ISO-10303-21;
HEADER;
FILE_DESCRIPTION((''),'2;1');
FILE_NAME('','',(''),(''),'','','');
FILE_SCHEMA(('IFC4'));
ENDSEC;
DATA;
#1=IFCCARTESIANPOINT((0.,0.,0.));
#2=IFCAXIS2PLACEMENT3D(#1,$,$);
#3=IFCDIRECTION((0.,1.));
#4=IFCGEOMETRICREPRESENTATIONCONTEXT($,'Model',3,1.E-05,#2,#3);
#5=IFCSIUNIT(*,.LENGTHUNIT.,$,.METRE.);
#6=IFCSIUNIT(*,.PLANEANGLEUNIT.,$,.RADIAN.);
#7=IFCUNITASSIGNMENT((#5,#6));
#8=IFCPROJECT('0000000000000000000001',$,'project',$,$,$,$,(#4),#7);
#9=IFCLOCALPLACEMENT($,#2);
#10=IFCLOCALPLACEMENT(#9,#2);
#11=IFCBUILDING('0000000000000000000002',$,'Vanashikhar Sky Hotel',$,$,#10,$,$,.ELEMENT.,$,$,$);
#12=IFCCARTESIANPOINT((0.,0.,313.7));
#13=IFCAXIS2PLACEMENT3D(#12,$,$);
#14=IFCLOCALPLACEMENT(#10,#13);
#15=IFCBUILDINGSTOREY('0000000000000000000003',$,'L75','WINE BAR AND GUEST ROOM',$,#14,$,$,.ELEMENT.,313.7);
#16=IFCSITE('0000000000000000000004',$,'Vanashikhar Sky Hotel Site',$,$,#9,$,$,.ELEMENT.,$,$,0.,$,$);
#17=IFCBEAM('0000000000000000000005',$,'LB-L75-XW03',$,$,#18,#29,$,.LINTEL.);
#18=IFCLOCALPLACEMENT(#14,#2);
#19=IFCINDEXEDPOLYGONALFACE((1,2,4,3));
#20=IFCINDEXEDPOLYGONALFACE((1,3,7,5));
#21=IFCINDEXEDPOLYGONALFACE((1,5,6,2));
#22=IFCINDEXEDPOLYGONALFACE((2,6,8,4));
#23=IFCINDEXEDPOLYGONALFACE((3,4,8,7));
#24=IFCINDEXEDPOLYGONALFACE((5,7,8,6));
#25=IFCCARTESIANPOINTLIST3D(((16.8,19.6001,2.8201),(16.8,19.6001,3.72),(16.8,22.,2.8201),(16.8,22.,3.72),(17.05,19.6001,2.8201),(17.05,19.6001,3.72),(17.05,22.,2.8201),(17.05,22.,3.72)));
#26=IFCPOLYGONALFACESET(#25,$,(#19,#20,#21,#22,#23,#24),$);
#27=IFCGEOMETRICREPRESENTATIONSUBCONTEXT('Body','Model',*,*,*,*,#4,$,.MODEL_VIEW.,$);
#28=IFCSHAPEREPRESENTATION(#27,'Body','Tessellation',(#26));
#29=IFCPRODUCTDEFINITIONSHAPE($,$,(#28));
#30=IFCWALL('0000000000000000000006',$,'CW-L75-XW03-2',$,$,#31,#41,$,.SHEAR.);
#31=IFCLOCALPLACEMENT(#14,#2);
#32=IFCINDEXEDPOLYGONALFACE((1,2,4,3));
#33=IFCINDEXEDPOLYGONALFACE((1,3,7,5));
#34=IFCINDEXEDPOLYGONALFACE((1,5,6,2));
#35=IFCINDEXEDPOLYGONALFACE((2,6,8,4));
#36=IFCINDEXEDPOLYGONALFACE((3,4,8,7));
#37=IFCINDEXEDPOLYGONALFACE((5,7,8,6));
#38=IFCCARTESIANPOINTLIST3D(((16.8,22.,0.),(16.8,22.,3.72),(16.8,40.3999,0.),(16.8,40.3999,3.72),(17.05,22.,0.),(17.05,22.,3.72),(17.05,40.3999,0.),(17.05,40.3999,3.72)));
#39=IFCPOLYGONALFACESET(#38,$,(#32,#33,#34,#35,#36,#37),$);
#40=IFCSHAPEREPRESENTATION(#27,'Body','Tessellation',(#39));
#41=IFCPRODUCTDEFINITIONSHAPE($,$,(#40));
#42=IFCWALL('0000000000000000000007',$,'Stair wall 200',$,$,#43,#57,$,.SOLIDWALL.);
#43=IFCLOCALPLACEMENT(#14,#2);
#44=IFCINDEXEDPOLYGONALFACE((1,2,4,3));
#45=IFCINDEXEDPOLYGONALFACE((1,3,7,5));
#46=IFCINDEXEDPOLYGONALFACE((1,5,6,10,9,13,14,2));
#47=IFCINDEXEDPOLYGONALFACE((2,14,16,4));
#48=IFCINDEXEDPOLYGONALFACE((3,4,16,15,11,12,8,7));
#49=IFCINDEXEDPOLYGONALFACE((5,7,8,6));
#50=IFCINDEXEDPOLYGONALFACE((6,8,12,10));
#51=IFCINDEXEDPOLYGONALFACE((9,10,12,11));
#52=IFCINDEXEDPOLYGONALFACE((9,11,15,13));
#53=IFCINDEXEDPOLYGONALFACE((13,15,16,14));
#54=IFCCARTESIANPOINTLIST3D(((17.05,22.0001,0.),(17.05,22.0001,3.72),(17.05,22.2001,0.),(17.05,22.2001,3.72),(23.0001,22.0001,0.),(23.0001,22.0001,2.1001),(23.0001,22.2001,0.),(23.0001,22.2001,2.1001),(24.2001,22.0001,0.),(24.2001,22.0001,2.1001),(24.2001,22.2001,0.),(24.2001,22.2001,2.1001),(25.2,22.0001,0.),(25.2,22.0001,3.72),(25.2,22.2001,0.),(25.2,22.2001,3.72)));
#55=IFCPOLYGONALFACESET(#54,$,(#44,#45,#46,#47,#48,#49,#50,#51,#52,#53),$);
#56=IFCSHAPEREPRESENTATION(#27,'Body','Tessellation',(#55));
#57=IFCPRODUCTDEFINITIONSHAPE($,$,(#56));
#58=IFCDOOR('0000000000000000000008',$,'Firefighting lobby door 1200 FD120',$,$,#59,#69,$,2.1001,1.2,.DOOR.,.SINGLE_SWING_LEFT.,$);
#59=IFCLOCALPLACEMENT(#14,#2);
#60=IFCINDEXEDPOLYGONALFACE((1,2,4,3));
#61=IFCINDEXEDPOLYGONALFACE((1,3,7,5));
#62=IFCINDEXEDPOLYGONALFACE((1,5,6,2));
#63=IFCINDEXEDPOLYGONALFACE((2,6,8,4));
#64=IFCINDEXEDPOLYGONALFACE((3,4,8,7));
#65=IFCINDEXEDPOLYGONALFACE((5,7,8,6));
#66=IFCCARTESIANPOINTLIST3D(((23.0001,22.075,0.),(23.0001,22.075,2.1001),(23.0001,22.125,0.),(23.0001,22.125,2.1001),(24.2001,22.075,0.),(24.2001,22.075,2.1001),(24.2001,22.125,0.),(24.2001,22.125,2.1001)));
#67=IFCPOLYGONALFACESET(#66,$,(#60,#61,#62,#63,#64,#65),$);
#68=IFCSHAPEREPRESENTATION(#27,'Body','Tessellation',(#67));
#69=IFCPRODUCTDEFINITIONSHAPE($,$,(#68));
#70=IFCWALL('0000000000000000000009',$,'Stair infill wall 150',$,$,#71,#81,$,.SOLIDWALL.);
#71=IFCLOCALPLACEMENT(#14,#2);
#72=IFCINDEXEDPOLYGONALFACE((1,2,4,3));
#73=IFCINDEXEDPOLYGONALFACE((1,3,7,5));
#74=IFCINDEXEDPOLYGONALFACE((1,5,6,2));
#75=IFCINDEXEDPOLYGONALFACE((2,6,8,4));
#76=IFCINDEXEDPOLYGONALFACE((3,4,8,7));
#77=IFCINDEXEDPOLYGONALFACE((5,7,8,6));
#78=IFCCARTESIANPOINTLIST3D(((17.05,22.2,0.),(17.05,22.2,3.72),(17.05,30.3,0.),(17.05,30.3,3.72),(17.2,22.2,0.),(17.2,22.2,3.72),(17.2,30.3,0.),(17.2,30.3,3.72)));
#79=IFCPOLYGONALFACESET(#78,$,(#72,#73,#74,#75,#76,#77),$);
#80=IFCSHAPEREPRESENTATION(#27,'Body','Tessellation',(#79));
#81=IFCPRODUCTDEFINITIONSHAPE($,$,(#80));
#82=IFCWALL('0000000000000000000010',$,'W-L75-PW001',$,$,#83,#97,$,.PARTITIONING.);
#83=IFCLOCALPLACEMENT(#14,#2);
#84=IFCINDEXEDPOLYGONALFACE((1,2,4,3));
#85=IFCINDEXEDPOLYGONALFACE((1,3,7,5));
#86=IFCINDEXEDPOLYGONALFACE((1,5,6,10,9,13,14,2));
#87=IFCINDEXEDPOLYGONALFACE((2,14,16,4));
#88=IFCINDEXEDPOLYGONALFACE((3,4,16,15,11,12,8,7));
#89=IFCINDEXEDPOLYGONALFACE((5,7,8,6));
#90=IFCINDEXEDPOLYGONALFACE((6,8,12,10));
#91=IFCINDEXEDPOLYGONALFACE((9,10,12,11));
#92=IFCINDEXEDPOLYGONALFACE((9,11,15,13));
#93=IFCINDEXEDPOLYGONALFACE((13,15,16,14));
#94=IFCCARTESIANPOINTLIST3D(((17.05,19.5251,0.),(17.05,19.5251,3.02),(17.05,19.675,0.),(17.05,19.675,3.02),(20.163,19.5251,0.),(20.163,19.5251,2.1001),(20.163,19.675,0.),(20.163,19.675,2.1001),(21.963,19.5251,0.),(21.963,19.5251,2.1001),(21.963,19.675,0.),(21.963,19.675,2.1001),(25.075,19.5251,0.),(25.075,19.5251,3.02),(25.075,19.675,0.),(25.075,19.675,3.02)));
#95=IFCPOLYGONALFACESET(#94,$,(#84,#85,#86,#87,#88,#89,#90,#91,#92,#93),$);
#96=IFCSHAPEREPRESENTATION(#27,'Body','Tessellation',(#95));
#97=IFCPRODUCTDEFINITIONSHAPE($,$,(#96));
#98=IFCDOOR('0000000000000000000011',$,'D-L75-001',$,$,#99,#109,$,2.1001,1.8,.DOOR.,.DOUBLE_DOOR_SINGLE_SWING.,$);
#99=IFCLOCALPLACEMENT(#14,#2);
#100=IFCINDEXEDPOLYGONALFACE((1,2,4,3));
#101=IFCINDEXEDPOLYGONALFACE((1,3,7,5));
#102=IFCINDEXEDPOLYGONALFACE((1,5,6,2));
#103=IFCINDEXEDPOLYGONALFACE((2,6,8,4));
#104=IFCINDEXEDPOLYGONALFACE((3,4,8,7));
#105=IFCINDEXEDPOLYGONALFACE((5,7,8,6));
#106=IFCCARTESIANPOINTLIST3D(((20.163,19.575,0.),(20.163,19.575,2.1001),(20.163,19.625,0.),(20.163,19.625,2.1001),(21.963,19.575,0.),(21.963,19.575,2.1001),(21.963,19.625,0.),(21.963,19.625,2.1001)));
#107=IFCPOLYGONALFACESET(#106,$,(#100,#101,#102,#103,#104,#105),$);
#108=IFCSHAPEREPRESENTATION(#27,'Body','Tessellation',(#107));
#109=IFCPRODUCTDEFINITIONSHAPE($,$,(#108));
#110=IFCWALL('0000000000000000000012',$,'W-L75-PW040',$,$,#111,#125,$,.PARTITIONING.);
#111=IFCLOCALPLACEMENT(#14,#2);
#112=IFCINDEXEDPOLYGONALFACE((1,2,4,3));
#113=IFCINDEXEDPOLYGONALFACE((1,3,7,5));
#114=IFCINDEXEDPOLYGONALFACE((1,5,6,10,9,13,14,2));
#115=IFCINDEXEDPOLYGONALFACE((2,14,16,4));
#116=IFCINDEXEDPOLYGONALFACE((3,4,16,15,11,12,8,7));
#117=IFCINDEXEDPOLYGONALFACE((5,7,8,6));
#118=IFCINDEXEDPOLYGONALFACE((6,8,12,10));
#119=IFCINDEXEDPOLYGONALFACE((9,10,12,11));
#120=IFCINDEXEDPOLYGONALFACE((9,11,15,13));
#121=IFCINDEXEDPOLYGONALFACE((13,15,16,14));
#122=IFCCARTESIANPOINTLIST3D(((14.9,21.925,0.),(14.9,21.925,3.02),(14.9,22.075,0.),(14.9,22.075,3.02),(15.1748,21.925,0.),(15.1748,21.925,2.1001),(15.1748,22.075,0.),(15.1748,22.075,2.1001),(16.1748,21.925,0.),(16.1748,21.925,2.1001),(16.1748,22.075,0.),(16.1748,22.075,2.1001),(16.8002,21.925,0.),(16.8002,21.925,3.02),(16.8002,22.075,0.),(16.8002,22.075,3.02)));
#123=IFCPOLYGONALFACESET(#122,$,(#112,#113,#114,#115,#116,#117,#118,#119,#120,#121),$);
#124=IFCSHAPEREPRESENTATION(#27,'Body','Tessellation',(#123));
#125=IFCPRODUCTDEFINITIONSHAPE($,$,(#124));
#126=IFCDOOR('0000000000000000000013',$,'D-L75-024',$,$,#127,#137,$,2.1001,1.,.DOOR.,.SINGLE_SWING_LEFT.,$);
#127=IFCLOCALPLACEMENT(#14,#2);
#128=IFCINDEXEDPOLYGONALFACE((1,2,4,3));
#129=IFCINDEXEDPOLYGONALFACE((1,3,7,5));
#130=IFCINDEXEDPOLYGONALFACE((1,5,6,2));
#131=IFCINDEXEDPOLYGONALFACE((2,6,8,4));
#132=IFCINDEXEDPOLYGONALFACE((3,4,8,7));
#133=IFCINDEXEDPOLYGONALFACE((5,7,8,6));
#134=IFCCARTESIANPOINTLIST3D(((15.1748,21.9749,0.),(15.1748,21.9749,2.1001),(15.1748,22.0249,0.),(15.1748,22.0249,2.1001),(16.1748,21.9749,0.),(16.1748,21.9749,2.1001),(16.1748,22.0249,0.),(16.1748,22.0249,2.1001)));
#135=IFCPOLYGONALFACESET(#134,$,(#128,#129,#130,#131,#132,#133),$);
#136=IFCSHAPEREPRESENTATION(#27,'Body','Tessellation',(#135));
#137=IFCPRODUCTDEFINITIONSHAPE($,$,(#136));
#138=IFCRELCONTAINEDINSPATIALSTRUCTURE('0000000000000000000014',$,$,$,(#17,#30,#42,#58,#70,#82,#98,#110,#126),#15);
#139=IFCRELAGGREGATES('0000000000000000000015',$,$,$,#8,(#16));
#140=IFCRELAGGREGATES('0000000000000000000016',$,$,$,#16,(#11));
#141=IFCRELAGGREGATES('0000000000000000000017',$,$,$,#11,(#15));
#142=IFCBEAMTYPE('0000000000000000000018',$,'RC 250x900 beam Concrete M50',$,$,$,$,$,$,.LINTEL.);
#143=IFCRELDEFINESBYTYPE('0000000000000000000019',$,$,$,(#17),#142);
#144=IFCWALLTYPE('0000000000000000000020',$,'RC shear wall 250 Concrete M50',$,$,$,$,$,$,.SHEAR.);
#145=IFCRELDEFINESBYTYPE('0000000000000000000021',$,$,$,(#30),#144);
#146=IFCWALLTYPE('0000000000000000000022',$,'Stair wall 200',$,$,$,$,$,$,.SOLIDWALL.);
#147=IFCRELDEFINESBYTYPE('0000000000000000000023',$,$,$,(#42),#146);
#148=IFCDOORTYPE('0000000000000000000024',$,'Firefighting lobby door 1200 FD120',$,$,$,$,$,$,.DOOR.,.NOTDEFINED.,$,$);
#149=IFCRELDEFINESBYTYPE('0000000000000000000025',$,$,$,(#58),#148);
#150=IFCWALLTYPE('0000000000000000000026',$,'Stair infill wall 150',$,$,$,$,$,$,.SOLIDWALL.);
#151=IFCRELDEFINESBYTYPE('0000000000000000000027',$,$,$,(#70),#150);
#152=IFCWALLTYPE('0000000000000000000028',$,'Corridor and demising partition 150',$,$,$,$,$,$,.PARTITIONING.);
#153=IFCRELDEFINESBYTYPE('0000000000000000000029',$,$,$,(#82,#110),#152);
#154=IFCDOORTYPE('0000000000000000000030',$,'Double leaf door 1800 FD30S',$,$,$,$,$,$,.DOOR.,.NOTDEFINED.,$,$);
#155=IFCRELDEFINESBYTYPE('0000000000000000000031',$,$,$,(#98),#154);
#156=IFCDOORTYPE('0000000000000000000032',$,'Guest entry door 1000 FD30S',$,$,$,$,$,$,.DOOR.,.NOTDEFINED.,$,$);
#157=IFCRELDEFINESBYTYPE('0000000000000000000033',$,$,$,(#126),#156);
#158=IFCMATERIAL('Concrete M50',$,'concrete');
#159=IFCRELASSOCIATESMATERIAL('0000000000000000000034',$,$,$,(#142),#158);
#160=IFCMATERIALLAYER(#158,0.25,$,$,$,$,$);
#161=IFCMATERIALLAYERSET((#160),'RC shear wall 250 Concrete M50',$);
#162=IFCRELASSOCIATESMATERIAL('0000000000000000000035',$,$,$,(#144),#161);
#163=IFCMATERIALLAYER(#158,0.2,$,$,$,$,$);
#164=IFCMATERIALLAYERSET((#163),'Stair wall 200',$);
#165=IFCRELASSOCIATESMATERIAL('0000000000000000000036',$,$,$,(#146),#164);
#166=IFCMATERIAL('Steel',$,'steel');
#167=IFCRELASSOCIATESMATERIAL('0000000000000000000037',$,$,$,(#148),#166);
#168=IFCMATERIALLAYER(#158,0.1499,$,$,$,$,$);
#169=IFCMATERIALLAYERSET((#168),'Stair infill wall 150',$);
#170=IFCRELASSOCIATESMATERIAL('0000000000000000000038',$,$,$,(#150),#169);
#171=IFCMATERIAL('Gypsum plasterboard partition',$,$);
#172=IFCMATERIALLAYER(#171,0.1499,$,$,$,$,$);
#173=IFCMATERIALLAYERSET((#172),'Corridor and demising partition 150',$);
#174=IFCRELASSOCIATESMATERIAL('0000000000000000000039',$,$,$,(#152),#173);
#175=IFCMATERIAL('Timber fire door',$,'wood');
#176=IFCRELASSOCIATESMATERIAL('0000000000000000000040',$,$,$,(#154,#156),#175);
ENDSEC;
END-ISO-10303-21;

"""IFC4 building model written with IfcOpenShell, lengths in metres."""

from ifc_helpers import new_model, si_unit, direction, frame, frame_2d, origin, origin_2d, place, context, subcontext, project, spatial, rectangle, extrude, source, transform, mapped, material, layer, layer_set, material_profile, profile_set, type_object, element, fill, save


model = new_model("IFC4")

# Units and contexts
model_context = context("Model", 3, precision=1e-05, world=origin(), true_north=direction((0.0, 1.0)))
body_context = subcontext(model_context, "Body", "Model", "MODEL_VIEW")
ifc_project = project(units=[si_unit("LENGTHUNIT", "METRE"), si_unit("PLANEANGLEUNIT", "RADIAN")], contexts=[model_context])

# Site, building, storey
site_placement = place(None, origin())
site = spatial("IfcSite", under=ifc_project, at=site_placement, Name="Vanashikhar Sky Hotel Site", CompositionType="ELEMENT", RefElevation=0.0)
building_placement = place(site_placement, origin())
building = spatial("IfcBuilding", under=site, at=building_placement, Name="Vanashikhar Sky Hotel", CompositionType="ELEMENT")
storey_placement = place(building_placement, frame((0.0, 0.0, 313.7)))
storey = spatial("IfcBuildingStorey", under=building, at=storey_placement, Name="L75", Description="WINE BAR AND GUEST ROOM", CompositionType="ELEMENT", Elevation=313.7)

# Beam
ifc_material_1 = material(Name="Concrete M50", Category="concrete")
ifc_material_profile = material_profile(ifc_material_1, rectangle(XDim=0.25, YDim=0.8999, at=origin_2d()))
ifc_profile_set = profile_set([ifc_material_profile], Name="RC 250x900 beam Concrete M50")
beam_type = type_object("IfcBeamType", Name="RC 250x900 beam Concrete M50", PredefinedType="LINTEL", material=ifc_profile_set)
shared_shape_1 = source(origin(), body_context, "Body", "SweptSolid", [
    extrude(rectangle(XDim=0.25, YDim=0.8999, at=origin_2d()), origin(), (0.0, 0.0, 1.0), 2.3999),
])
beam_placement = place(storey_placement, frame((16.925, 19.6001, 3.27), z_axis=(0.0, 1.0, 0.0), x_axis=(-1.0, 0.0, 0.0)))
element("IfcBeam", 1, at=beam_placement, inside=storey, type_object=beam_type, Name="LB-L75-XW03", PredefinedType="LINTEL", context=body_context, shape_type="MappedRepresentation", body=[
    mapped(shared_shape_1, transform((0.0, 0.0, 0.0), scale=1.0)),
])

# Wall
ifc_layer_1 = layer(ifc_material_1, 0.25)
ifc_layer_set_1 = layer_set([ifc_layer_1], Name="RC shear wall 250 Concrete M50")
wall_type_1 = type_object("IfcWallType", Name="RC shear wall 250 Concrete M50", PredefinedType="SHEAR", material=ifc_layer_set_1)
shared_shape_2 = source(origin(), body_context, "Body", "SweptSolid", [
    extrude(rectangle(XDim=18.3999, YDim=0.25, at=frame_2d((9.2, 0.0))), origin(), (0.0, 0.0, 1.0), 3.72),
])
wall_1_placement = place(storey_placement, frame((16.925, 22.0, 0.0), z_axis=(0.0, 0.0, 1.0), x_axis=(0.0, 1.0, 0.0)))
element("IfcWall", 2, at=wall_1_placement, inside=storey, type_object=wall_type_1, Name="CW-L75-XW03-2", PredefinedType="SHEAR", context=body_context, shape_type="MappedRepresentation", body=[
    mapped(shared_shape_2, transform((0.0, 0.0, 0.0), scale=1.0)),
])

# Wall, opening, door
ifc_layer_2 = layer(ifc_material_1, 0.2)
ifc_layer_set_2 = layer_set([ifc_layer_2], Name="Stair wall 200")
wall_type_2 = type_object("IfcWallType", Name="Stair wall 200", PredefinedType="SOLIDWALL", material=ifc_layer_set_2)
shared_shape_3 = source(origin(), body_context, "Body", "SweptSolid", [
    extrude(rectangle(XDim=8.1499, YDim=0.2, at=frame_2d((4.075, 0.0))), origin(), (0.0, 0.0, 1.0), 3.72),
])
wall_2_placement = place(storey_placement, frame((17.05, 22.1001, 0.0), z_axis=(0.0, 0.0, 1.0), x_axis=(1.0, 0.0, 0.0)))
wall_2 = element("IfcWall", 3, at=wall_2_placement, inside=storey, type_object=wall_type_2, Name="Stair wall 200", PredefinedType="SOLIDWALL", context=body_context, shape_type="MappedRepresentation", body=[
    mapped(shared_shape_3, transform((0.0, 0.0, 0.0), scale=1.0)),
])
shared_shape_4 = source(origin(), body_context, "Body", "SweptSolid", [
    extrude(rectangle(XDim=1.2, YDim=2.1001, at=frame_2d((0.6001, 1.05))), frame((0.0, 0.1099, 0.0), z_axis=(0.0, -1.0, 0.0), x_axis=(1.0, 0.0, 0.0)), (0.0, 0.0, 1.0), 0.22),
])
opening_1_placement = place(wall_2_placement, frame((5.95, 0.0, 0.0)))
opening_1 = element("IfcOpeningElement", 4, at=opening_1_placement, cuts=wall_2, PredefinedType="OPENING", context=body_context, shape_type="MappedRepresentation", body=[
    mapped(shared_shape_4, transform((0.0, 0.0, 0.0), scale=1.0)),
])
ifc_material_2 = material(Name="Steel", Category="steel")
door_type_1 = type_object("IfcDoorType", Name="Firefighting lobby door 1200 FD120", OperationType="NOTDEFINED", PredefinedType="DOOR", material=ifc_material_2)
shared_shape_5 = source(origin(), body_context, "Body", "SweptSolid", [
    extrude(rectangle(XDim=1.2, YDim=2.1001, at=frame_2d((0.6001, 1.05))), frame((0.0, 0.0249, 0.0), z_axis=(0.0, -1.0, 0.0), x_axis=(1.0, 0.0, 0.0)), (0.0, 0.0, 1.0), 0.05),
])
door_1_placement = place(opening_1_placement, origin())
door_1 = element("IfcDoor", 5, at=door_1_placement, inside=storey, type_object=door_type_1, Name="Firefighting lobby door 1200 FD120", OperationType="SINGLE_SWING_LEFT", OverallHeight=2.1001, OverallWidth=1.2, PredefinedType="DOOR", context=body_context, shape_type="MappedRepresentation", body=[
    mapped(shared_shape_5, transform((0.0, 0.0, 0.0), scale=1.0)),
])
fill(opening_1, door_1)

# Wall
ifc_layer_3 = layer(ifc_material_1, 0.1499)
ifc_layer_set_3 = layer_set([ifc_layer_3], Name="Stair infill wall 150")
wall_type_3 = type_object("IfcWallType", Name="Stair infill wall 150", PredefinedType="SOLIDWALL", material=ifc_layer_set_3)
shared_shape_6 = source(origin(), body_context, "Body", "SweptSolid", [
    extrude(rectangle(XDim=8.1001, YDim=0.1499, at=frame_2d((4.05, 0.0))), origin(), (0.0, 0.0, 1.0), 3.72),
])
wall_3_placement = place(storey_placement, frame((17.125, 22.2, 0.0), z_axis=(0.0, 0.0, 1.0), x_axis=(0.0, 1.0, 0.0)))
element("IfcWall", 6, at=wall_3_placement, inside=storey, type_object=wall_type_3, Name="Stair infill wall 150", PredefinedType="SOLIDWALL", context=body_context, shape_type="MappedRepresentation", body=[
    mapped(shared_shape_6, transform((0.0, 0.0, 0.0), scale=1.0)),
])

# Walls, openings, doors
ifc_material_3 = material(Name="Gypsum plasterboard partition")
ifc_layer_4 = layer(ifc_material_3, 0.1499)
ifc_layer_set_4 = layer_set([ifc_layer_4], Name="Corridor and demising partition 150")
wall_type_4 = type_object("IfcWallType", Name="Corridor and demising partition 150", PredefinedType="PARTITIONING", material=ifc_layer_set_4)
shared_shape_7 = source(origin(), body_context, "Body", "SweptSolid", [
    extrude(rectangle(XDim=8.0249, YDim=0.1499, at=frame_2d((4.0125, 0.0))), origin(), (0.0, 0.0, 1.0), 3.02),
])
wall_4_placement = place(storey_placement, frame((17.05, 19.6001, 0.0), z_axis=(0.0, 0.0, 1.0), x_axis=(1.0, 0.0, 0.0)))
wall_4 = element("IfcWall", 7, at=wall_4_placement, inside=storey, type_object=wall_type_4, Name="W-L75-PW001", PredefinedType="PARTITIONING", context=body_context, shape_type="MappedRepresentation", body=[
    mapped(shared_shape_7, transform((0.0, 0.0, 0.0), scale=1.0)),
])
shared_shape_8 = source(origin(), body_context, "Body", "SweptSolid", [
    extrude(rectangle(XDim=1.8, YDim=2.1001, at=frame_2d((0.8999, 1.05))), frame((0.0, 0.085, 0.0), z_axis=(0.0, -1.0, 0.0), x_axis=(1.0, 0.0, 0.0)), (0.0, 0.0, 1.0), 0.1699),
])
opening_2_placement = place(wall_4_placement, frame((3.113, 0.0, 0.0)))
opening_2 = element("IfcOpeningElement", 8, at=opening_2_placement, cuts=wall_4, PredefinedType="OPENING", context=body_context, shape_type="MappedRepresentation", body=[
    mapped(shared_shape_8, transform((0.0, 0.0, 0.0), scale=1.0)),
])
ifc_material_4 = material(Name="Timber fire door", Category="wood")
door_type_2 = type_object("IfcDoorType", Name="Double leaf door 1800 FD30S", OperationType="NOTDEFINED", PredefinedType="DOOR", material=ifc_material_4)
shared_shape_9 = source(origin(), body_context, "Body", "SweptSolid", [
    extrude(rectangle(XDim=1.8, YDim=2.1001, at=frame_2d((0.8999, 1.05))), frame((0.0, 0.0249, 0.0), z_axis=(0.0, -1.0, 0.0), x_axis=(1.0, 0.0, 0.0)), (0.0, 0.0, 1.0), 0.05),
])
door_2_placement = place(opening_2_placement, origin())
door_2 = element("IfcDoor", 9, at=door_2_placement, inside=storey, type_object=door_type_2, Name="D-L75-001", OperationType="DOUBLE_DOOR_SINGLE_SWING", OverallHeight=2.1001, OverallWidth=1.8, PredefinedType="DOOR", context=body_context, shape_type="MappedRepresentation", body=[
    mapped(shared_shape_9, transform((0.0, 0.0, 0.0), scale=1.0)),
])
fill(opening_2, door_2)
shared_shape_10 = source(origin(), body_context, "Body", "SweptSolid", [
    extrude(rectangle(XDim=1.9001, YDim=0.1499, at=frame_2d((0.9502, 0.0))), origin(), (0.0, 0.0, 1.0), 3.02),
])
wall_5_placement = place(storey_placement, frame((14.8999, 22.0, 0.0), z_axis=(0.0, 0.0, 1.0), x_axis=(1.0, 0.0, 0.0)))
wall_5 = element("IfcWall", 10, at=wall_5_placement, inside=storey, type_object=wall_type_4, Name="W-L75-PW040", PredefinedType="PARTITIONING", context=body_context, shape_type="MappedRepresentation", body=[
    mapped(shared_shape_10, transform((0.0, 0.0, 0.0), scale=1.0)),
])
shared_shape_11 = source(origin(), body_context, "Body", "SweptSolid", [
    extrude(rectangle(XDim=1.0, YDim=2.1001, at=frame_2d((0.5, 1.05))), frame((0.0, 0.085, 0.0), z_axis=(0.0, -1.0, 0.0), x_axis=(1.0, 0.0, 0.0)), (0.0, 0.0, 1.0), 0.1699),
])
opening_3_placement = place(wall_5_placement, frame((0.2749, 0.0, 0.0)))
opening_3 = element("IfcOpeningElement", 11, at=opening_3_placement, cuts=wall_5, PredefinedType="OPENING", context=body_context, shape_type="MappedRepresentation", body=[
    mapped(shared_shape_11, transform((0.0, 0.0, 0.0), scale=1.0)),
])
door_type_3 = type_object("IfcDoorType", Name="Guest entry door 1000 FD30S", OperationType="NOTDEFINED", PredefinedType="DOOR", material=ifc_material_4)
shared_shape_12 = source(origin(), body_context, "Body", "SweptSolid", [
    extrude(rectangle(XDim=1.0, YDim=2.1001, at=frame_2d((0.5, 1.05))), frame((0.0, 0.0249, 0.0), z_axis=(0.0, -1.0, 0.0), x_axis=(1.0, 0.0, 0.0)), (0.0, 0.0, 1.0), 0.05),
])
door_3_placement = place(opening_3_placement, origin())
door_3 = element("IfcDoor", 12, at=door_3_placement, inside=storey, type_object=door_type_3, Name="D-L75-024", OperationType="SINGLE_SWING_LEFT", OverallHeight=2.1001, OverallWidth=1.0, PredefinedType="DOOR", context=body_context, shape_type="MappedRepresentation", body=[
    mapped(shared_shape_12, transform((0.0, 0.0, 0.0), scale=1.0)),
])
fill(opening_3, door_3)

save(model, "model.ifc")
